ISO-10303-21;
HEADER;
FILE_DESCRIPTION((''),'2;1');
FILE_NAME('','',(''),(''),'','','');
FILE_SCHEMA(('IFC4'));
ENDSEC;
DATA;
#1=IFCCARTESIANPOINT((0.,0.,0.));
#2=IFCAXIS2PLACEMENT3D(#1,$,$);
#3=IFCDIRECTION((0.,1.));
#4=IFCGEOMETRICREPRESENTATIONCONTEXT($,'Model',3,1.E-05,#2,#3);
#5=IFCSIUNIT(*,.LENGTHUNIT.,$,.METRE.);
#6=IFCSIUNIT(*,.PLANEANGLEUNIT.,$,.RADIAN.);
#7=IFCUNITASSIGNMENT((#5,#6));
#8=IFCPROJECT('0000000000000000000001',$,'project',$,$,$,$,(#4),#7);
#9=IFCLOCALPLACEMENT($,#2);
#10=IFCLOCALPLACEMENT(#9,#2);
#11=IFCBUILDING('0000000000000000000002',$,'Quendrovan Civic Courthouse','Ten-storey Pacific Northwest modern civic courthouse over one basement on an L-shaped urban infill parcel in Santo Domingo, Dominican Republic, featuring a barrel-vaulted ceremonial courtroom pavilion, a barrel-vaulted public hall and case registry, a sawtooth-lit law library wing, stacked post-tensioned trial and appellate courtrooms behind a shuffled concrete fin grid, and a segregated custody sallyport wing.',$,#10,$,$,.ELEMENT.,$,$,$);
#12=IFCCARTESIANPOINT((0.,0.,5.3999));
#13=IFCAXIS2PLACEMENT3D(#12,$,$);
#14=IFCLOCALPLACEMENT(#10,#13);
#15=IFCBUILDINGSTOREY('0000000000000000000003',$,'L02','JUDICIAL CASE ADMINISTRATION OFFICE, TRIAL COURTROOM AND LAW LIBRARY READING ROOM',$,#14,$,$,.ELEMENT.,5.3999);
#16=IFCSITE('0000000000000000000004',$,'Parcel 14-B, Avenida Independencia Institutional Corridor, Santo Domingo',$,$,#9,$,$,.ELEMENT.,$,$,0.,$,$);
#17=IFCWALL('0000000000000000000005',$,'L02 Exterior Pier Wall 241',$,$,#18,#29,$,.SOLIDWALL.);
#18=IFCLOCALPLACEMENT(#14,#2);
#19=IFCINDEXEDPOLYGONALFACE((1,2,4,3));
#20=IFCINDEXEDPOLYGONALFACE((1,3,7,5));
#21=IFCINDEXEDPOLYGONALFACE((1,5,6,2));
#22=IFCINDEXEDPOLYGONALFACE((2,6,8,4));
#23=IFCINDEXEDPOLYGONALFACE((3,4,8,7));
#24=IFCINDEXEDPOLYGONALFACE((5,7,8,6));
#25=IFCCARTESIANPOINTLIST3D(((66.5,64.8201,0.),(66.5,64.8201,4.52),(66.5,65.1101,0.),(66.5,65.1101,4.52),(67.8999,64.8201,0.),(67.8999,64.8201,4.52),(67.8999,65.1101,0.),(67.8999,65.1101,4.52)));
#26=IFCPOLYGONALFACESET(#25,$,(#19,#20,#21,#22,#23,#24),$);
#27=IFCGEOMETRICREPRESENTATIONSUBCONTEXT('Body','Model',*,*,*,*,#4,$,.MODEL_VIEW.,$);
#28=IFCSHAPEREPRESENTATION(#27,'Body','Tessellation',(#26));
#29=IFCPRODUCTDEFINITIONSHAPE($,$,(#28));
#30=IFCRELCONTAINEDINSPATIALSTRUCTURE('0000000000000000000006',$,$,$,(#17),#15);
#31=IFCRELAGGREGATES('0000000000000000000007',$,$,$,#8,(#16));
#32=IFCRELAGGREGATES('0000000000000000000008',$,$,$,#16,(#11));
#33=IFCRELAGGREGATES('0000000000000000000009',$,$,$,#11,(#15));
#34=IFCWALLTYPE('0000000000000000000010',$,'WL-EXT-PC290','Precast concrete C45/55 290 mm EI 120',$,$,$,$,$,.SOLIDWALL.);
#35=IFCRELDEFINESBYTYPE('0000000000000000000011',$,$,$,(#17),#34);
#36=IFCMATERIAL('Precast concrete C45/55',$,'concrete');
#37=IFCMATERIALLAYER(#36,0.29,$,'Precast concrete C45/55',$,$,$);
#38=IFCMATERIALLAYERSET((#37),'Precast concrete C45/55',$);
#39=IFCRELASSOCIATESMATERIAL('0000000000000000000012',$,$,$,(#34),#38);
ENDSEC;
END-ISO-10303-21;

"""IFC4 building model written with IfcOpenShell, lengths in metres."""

from ifc_helpers import new_model, si_unit, direction, frame, frame_2d, origin, place, context, subcontext, project, spatial, rectangle, extrude, material, layer, layer_set, type_object, element, save


model = new_model("IFC4")

# Units and contexts
model_context = context("Model", 3, precision=1e-05, world=origin(), true_north=direction((0.0, 1.0)))
body_context = subcontext(model_context, "Body", "Model", "MODEL_VIEW")
ifc_project = project(units=[si_unit("LENGTHUNIT", "METRE"), si_unit("PLANEANGLEUNIT", "RADIAN")], contexts=[model_context])

# Site, building, storey
site_placement = place(None, origin())
site = spatial("IfcSite", under=ifc_project, at=site_placement, Name="Parcel 14-B, Avenida Independencia Institutional Corridor, Santo Domingo", CompositionType="ELEMENT", RefElevation=0.0)
building_placement = place(site_placement, origin())
building = spatial("IfcBuilding", under=site, at=building_placement, Name="Quendrovan Civic Courthouse", Description="Ten-storey Pacific Northwest modern civic courthouse over one basement on an L-shaped urban infill parcel in Santo Domingo, Dominican Republic, featuring a barrel-vaulted ceremonial courtroom pavilion, a barrel-vaulted public hall and case registry, a sawtooth-lit law library wing, stacked post-tensioned trial and appellate courtrooms behind a shuffled concrete fin grid, and a segregated custody sallyport wing.", CompositionType="ELEMENT")
storey_placement = place(building_placement, frame((0.0, 0.0, 5.3999)))
storey = spatial("IfcBuildingStorey", under=building, at=storey_placement, Name="L02", Description="JUDICIAL CASE ADMINISTRATION OFFICE, TRIAL COURTROOM AND LAW LIBRARY READING ROOM", CompositionType="ELEMENT", Elevation=5.3999)

# Wall
ifc_material_1 = material(Name="Precast concrete C45/55", Category="concrete")
ifc_layer_1 = layer(ifc_material_1, 0.29, Name="Precast concrete C45/55")
ifc_layer_set_1 = layer_set([ifc_layer_1], Name="Precast concrete C45/55")
wall_type = type_object("IfcWallType", Name="WL-EXT-PC290", Description="Precast concrete C45/55 290 mm EI 120", PredefinedType="SOLIDWALL", material=ifc_layer_set_1)
wall_placement = place(storey_placement, frame((67.8999, 64.9651, 0.0), z_axis=(0.0, 0.0, 1.0), x_axis=(-1.0, 0.0, 0.0)))
element("IfcWall", 1, at=wall_placement, inside=storey, type_object=wall_type, Name="L02 Exterior Pier Wall 241", PredefinedType="SOLIDWALL", context=body_context, shape_type="SweptSolid", body=[
    extrude(rectangle(XDim=1.3999, YDim=0.29, at=frame_2d((0.7, 0.0))), origin(), (0.0, 0.0, 1.0), 4.52),
])

save(model, "model.ifc")
